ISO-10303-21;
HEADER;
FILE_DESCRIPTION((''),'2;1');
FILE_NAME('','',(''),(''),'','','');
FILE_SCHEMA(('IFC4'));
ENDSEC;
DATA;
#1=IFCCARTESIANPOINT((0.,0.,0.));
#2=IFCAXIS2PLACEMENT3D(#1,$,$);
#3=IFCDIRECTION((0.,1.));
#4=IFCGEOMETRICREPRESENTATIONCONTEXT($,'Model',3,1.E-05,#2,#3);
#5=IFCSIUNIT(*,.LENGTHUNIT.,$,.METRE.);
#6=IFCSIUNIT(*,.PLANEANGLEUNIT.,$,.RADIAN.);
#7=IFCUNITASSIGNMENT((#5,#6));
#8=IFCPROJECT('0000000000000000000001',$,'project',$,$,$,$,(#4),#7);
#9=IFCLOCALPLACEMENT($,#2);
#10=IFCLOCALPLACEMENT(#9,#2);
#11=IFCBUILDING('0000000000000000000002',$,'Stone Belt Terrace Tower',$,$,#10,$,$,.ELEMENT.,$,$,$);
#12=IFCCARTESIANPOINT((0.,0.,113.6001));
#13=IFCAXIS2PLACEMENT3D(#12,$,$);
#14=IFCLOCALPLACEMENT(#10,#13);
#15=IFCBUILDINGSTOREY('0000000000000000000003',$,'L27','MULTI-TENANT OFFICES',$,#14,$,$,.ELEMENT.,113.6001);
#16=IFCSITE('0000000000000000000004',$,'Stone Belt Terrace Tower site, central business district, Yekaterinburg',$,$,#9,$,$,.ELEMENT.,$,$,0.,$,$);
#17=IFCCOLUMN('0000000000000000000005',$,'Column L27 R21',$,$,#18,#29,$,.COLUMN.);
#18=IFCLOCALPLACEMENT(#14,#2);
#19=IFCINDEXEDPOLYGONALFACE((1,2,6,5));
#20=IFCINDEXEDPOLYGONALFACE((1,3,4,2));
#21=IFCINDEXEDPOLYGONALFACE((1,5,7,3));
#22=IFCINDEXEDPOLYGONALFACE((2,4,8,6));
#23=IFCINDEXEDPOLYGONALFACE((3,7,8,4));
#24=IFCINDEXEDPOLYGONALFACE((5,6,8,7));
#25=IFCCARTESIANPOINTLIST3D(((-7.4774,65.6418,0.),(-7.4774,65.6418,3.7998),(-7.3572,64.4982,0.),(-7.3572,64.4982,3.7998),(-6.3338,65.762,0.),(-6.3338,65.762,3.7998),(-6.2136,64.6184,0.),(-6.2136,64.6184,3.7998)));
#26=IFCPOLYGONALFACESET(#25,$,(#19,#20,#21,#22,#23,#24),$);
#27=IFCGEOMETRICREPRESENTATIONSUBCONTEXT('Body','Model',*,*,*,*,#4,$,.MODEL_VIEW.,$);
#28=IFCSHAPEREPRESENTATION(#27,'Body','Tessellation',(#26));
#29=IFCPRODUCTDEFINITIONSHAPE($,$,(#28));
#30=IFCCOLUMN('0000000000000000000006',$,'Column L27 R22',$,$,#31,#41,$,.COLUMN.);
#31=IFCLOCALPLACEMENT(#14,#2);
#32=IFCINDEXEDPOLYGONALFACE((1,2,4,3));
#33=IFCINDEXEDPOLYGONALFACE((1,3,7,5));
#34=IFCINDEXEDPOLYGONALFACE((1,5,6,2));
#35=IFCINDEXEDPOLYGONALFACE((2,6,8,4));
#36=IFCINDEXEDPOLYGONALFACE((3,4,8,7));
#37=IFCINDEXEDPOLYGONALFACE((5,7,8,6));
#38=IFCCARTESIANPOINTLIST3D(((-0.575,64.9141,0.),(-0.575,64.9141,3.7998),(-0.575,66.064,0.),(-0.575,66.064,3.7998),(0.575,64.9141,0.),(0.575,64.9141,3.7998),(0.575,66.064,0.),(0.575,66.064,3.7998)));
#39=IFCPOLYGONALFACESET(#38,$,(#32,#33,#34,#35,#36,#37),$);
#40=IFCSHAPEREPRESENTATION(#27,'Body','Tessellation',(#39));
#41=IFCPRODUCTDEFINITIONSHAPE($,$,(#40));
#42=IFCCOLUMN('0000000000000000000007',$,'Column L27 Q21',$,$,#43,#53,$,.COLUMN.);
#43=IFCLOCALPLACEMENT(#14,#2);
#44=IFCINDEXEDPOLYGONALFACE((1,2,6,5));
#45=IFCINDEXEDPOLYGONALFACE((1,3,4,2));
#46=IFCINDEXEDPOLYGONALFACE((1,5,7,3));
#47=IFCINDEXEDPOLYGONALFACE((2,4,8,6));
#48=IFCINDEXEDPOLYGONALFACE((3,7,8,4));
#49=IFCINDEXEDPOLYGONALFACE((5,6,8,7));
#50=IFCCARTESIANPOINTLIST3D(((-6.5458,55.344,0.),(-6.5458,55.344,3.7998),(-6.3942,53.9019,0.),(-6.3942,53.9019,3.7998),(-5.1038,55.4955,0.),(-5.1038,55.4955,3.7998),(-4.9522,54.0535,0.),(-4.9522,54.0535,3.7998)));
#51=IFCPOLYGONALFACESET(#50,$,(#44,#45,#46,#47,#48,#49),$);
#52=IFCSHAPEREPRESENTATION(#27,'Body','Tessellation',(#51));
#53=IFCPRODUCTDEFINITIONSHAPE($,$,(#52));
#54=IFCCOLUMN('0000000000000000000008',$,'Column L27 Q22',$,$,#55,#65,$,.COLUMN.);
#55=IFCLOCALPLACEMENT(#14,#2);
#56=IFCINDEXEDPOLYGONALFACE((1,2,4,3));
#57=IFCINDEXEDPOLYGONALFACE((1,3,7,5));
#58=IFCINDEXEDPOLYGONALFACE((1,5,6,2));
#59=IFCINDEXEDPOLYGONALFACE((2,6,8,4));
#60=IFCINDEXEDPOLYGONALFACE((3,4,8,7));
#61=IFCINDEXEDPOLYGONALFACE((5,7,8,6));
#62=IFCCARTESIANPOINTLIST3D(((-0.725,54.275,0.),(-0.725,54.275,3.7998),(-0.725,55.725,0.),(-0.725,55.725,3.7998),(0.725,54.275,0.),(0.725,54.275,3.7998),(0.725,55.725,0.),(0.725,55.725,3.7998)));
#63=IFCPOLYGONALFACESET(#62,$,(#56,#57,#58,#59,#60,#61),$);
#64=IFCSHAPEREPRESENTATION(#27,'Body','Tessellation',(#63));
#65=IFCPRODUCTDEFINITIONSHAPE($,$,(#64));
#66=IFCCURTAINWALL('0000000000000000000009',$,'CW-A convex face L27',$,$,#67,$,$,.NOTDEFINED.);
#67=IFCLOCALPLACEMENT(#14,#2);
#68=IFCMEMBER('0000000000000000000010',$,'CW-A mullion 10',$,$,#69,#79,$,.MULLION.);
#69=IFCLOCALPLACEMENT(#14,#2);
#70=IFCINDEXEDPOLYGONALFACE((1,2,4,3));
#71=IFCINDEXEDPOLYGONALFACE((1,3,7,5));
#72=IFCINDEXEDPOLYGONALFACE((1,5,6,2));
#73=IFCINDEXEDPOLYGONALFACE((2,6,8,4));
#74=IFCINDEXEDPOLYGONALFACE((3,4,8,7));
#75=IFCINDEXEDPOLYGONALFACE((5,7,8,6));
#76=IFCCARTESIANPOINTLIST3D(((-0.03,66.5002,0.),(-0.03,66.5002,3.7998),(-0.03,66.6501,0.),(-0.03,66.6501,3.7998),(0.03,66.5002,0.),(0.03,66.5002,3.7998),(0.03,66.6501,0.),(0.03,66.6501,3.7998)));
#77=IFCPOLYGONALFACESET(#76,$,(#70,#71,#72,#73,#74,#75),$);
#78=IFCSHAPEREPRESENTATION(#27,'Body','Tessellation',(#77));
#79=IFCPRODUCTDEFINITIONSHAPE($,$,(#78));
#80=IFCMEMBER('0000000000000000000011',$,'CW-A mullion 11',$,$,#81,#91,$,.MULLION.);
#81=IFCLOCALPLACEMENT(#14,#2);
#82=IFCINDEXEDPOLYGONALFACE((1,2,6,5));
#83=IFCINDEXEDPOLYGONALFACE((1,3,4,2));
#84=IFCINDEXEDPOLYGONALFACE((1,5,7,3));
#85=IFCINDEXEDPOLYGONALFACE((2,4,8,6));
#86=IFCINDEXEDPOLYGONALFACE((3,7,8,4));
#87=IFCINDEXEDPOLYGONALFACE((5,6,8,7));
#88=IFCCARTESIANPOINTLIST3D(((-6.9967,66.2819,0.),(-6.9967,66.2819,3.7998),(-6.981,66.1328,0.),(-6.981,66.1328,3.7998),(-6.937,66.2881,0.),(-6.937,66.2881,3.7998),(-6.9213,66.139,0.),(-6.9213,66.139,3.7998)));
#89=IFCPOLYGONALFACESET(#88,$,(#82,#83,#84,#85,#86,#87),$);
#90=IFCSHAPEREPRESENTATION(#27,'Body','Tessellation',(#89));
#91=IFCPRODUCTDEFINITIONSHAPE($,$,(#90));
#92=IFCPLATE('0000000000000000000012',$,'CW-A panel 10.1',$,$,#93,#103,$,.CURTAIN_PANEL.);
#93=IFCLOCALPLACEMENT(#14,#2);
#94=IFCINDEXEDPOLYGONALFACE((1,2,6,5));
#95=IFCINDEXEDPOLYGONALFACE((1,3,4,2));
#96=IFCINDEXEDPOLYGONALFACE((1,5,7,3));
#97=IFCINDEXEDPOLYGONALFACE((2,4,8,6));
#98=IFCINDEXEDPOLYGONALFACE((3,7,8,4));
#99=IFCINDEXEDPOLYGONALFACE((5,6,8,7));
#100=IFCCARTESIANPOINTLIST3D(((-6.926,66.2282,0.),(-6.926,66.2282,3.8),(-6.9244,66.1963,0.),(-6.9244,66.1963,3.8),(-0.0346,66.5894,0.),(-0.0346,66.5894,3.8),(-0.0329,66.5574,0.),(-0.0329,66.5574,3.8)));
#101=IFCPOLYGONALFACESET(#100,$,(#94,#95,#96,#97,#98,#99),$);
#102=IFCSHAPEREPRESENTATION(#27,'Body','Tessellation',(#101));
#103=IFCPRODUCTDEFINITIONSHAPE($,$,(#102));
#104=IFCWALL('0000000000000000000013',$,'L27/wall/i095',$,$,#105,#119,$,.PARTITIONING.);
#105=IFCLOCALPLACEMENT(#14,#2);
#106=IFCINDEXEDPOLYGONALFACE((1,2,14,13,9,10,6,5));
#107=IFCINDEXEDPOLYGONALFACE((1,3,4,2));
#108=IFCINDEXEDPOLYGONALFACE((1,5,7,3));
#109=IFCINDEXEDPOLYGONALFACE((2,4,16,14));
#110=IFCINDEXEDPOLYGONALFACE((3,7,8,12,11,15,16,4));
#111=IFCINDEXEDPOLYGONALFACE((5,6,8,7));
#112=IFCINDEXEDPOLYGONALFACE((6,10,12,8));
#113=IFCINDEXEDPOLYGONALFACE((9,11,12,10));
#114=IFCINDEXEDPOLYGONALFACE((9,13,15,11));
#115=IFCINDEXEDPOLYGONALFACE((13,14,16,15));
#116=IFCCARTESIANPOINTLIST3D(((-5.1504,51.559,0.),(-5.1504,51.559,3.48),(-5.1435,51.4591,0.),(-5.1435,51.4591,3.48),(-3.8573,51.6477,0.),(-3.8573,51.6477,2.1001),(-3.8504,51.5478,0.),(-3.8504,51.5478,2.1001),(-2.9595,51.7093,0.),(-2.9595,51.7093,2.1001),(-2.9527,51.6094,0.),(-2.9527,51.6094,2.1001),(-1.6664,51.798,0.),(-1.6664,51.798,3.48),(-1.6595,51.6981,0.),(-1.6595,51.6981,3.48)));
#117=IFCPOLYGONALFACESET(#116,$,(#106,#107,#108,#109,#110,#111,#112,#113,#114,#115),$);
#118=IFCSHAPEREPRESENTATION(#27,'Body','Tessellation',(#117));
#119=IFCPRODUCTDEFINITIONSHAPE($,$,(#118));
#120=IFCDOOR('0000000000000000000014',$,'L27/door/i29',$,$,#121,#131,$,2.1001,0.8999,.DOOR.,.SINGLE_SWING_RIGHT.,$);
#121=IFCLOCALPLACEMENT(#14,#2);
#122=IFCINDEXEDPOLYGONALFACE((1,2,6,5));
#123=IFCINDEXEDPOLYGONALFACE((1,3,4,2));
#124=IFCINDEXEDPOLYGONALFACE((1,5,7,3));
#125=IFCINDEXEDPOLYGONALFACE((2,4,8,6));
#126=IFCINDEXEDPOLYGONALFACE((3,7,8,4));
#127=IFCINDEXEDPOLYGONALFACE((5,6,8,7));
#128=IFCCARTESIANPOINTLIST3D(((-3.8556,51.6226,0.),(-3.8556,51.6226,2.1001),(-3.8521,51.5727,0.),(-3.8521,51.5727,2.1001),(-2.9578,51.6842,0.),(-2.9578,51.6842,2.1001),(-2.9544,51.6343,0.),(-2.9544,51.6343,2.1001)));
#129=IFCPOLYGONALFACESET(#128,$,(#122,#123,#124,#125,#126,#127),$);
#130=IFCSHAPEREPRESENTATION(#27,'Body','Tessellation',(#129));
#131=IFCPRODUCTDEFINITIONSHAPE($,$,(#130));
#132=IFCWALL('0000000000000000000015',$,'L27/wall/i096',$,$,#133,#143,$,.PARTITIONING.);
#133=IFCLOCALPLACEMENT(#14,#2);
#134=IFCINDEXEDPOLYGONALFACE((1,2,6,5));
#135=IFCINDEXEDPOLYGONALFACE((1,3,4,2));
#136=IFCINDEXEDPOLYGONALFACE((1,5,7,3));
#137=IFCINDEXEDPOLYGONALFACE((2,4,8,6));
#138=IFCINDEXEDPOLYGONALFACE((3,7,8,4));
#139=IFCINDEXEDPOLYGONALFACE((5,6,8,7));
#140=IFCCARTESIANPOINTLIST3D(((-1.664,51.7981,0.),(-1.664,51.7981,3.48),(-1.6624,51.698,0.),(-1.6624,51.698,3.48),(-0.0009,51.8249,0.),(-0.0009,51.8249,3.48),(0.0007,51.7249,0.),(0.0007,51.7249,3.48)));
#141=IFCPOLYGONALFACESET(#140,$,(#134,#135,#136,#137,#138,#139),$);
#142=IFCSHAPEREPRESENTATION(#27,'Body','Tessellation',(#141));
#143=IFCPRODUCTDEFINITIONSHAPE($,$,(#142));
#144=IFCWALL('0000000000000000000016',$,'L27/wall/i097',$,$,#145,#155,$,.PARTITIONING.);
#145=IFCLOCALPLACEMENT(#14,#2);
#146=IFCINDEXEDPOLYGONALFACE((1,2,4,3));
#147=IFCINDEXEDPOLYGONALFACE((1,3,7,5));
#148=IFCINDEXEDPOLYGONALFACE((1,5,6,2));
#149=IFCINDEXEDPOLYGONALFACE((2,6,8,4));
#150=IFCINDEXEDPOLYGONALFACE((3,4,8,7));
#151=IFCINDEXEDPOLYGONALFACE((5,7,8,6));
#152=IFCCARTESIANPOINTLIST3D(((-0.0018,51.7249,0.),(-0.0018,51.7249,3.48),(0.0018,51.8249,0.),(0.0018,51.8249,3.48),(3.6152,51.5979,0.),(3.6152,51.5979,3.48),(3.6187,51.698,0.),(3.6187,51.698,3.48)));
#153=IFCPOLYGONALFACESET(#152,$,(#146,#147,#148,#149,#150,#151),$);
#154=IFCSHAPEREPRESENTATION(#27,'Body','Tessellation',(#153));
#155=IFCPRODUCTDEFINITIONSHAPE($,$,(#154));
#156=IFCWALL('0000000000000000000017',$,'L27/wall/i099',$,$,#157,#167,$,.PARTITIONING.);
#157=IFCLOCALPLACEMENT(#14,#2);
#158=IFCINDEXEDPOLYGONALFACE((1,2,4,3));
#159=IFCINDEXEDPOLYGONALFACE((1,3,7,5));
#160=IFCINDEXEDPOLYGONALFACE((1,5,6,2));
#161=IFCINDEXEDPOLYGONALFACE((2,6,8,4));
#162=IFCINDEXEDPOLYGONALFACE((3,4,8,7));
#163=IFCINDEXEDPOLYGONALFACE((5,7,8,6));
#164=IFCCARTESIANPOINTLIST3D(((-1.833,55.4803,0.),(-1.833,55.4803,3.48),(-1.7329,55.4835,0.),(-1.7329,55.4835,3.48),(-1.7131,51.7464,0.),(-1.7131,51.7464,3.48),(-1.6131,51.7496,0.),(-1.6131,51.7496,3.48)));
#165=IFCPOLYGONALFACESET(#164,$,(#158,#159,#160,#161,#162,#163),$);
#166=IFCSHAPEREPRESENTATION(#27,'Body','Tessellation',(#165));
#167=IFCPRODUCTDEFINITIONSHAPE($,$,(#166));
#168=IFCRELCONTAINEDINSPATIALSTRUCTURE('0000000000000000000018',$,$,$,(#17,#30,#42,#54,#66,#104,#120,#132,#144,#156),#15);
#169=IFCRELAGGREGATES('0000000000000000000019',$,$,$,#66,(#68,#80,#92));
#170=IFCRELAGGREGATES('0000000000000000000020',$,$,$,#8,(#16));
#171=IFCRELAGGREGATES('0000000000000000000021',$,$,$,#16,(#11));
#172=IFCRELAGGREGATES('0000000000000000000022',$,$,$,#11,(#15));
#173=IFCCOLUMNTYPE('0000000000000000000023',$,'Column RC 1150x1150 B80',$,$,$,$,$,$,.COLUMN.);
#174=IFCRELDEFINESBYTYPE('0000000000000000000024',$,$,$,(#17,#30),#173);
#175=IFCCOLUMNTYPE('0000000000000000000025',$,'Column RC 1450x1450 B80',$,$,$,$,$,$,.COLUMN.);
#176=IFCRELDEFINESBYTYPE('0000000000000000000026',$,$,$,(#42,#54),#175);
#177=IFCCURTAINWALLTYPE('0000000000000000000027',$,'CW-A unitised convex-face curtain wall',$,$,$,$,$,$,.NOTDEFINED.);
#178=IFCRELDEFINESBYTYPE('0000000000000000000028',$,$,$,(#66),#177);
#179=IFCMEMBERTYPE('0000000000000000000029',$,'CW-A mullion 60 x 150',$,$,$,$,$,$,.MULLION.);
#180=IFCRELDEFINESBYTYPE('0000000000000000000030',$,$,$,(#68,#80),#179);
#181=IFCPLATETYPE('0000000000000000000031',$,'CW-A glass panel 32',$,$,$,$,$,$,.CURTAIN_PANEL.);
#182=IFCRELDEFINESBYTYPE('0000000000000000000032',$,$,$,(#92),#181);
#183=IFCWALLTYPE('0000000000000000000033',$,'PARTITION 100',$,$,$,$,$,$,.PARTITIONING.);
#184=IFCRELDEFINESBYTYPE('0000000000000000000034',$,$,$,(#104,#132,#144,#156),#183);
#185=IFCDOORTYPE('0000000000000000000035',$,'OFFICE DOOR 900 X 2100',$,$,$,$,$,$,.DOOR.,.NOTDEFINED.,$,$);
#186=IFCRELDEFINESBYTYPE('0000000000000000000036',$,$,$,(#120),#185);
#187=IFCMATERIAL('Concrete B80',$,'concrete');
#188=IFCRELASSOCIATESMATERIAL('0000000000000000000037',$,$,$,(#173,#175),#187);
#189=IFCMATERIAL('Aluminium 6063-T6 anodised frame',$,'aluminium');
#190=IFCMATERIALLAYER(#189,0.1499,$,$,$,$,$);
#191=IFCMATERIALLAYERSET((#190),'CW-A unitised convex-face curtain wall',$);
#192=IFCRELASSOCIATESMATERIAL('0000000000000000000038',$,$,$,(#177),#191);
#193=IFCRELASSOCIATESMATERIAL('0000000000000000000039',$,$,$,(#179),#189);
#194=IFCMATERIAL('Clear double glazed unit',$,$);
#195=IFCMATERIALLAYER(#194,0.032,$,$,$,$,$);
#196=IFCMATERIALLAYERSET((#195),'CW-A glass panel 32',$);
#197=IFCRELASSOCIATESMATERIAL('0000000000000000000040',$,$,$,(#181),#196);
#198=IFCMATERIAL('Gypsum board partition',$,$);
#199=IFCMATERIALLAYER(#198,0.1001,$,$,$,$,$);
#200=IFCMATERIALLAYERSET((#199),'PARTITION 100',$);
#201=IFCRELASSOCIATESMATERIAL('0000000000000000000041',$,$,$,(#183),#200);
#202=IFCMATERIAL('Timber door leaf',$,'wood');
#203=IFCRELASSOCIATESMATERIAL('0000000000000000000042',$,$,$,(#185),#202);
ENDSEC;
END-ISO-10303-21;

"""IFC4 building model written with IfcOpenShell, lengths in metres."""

from ifc_helpers import new_model, si_unit, direction, frame, frame_2d, origin, origin_2d, place, context, subcontext, project, spatial, rectangle, extrude, material, layer, layer_set, material_profile, profile_set, type_object, element, fill, aggregate, save


model = new_model("IFC4")

# Units and contexts
model_context = context("Model", 3, precision=1e-05, world=origin(), true_north=direction((0.0, 1.0)))
body_context = subcontext(model_context, "Body", "Model", "MODEL_VIEW")
ifc_project = project(units=[si_unit("LENGTHUNIT", "METRE"), si_unit("PLANEANGLEUNIT", "RADIAN")], contexts=[model_context])

# Site, building, storey
site_placement = place(None, origin())
site = spatial("IfcSite", under=ifc_project, at=site_placement, Name="Stone Belt Terrace Tower site, central business district, Yekaterinburg", CompositionType="ELEMENT", RefElevation=0.0)
building_placement = place(site_placement, origin())
building = spatial("IfcBuilding", under=site, at=building_placement, Name="Stone Belt Terrace Tower", CompositionType="ELEMENT")
storey_placement = place(building_placement, frame((0.0, 0.0, 113.6001)))
storey = spatial("IfcBuildingStorey", under=building, at=storey_placement, Name="L27", Description="MULTI-TENANT OFFICES", CompositionType="ELEMENT", Elevation=113.6001)

# Columns
ifc_material_1 = material(Name="Concrete B80", Category="concrete")
ifc_material_profile_1 = material_profile(ifc_material_1, rectangle(XDim=1.1499, YDim=1.1499, at=origin_2d()), Name="RC 1150x1150")
ifc_profile_set_1 = profile_set([ifc_material_profile_1], Name="Concrete B80")
column_type_1 = type_object("IfcColumnType", Name="Column RC 1150x1150 B80", PredefinedType="COLUMN", material=ifc_profile_set_1)
for number, where, z_axis, x_axis, name in (
    (1, (-6.8455, 65.1301, 0.0), (0.0, 0.0, 1.0), (0.994522, 0.104528, 0.0), "Column L27 R21"),
    (2, (0.0, 65.489, 0.0), (0.0, 0.0, 1.0), (1.0, 0.0, 0.0), "Column L27 R22"),
):
    element("IfcColumn", number, at=place(storey_placement, frame(where, z_axis=z_axis, x_axis=x_axis)), inside=storey, type_object=column_type_1, Name=name, PredefinedType="COLUMN", context=body_context, shape_type="SweptSolid", body=[
        extrude(rectangle(XDim=1.1499, YDim=1.1499, at=origin_2d()), origin(), (0.0, 0.0, 1.0), 3.7998),
    ])
ifc_material_profile_2 = material_profile(ifc_material_1, rectangle(XDim=1.45, YDim=1.45, at=origin_2d()), Name="RC 1450x1450")
ifc_profile_set_2 = profile_set([ifc_material_profile_2], Name="Concrete B80")
column_type_2 = type_object("IfcColumnType", Name="Column RC 1450x1450 B80", PredefinedType="COLUMN", material=ifc_profile_set_2)
for number, where, z_axis, x_axis, name in (
    (3, (-5.749, 54.6987, 0.0), (0.0, 0.0, 1.0), (0.994522, 0.104528, 0.0), "Column L27 Q21"),
    (4, (0.0, 55.0, 0.0), (0.0, 0.0, 1.0), (1.0, 0.0, 0.0), "Column L27 Q22"),
):
    element("IfcColumn", number, at=place(storey_placement, frame(where, z_axis=z_axis, x_axis=x_axis)), inside=storey, type_object=column_type_2, Name=name, PredefinedType="COLUMN", context=body_context, shape_type="SweptSolid", body=[
        extrude(rectangle(XDim=1.45, YDim=1.45, at=origin_2d()), origin(), (0.0, 0.0, 1.0), 3.7998),
    ])

# Curtain wall, members, plate
ifc_material_2 = material(Name="Aluminium 6063-T6 anodised frame", Category="aluminium")
ifc_layer_1 = layer(ifc_material_2, 0.1499)
ifc_layer_set_1 = layer_set([ifc_layer_1], Name="CW-A unitised convex-face curtain wall")
curtain_wall_type = type_object("IfcCurtainWallType", Name="CW-A unitised convex-face curtain wall", PredefinedType="NOTDEFINED", material=ifc_layer_set_1)
curtain_wall_placement = place(storey_placement, origin())
curtain_wall = element("IfcCurtainWall", 5, at=curtain_wall_placement, inside=storey, type_object=curtain_wall_type, Name="CW-A convex face L27", PredefinedType="NOTDEFINED")
ifc_material_profile_3 = material_profile(ifc_material_2, rectangle(XDim=0.1499, YDim=0.0601, at=origin_2d()), Name="Aluminium 6063-T6 60x150")
ifc_profile_set_3 = profile_set([ifc_material_profile_3], Name="Aluminium 6063-T6 anodised frame")
member_type = type_object("IfcMemberType", Name="CW-A mullion 60 x 150", PredefinedType="MULLION", material=ifc_profile_set_3)
member_1_placement = place(storey_placement, frame((0.0, 66.5752, 0.0), z_axis=(0.0, 0.0, 1.0), x_axis=(0.0, -1.0, 0.0)))
member_1 = element("IfcMember", 6, at=member_1_placement, type_object=member_type, Name="CW-A mullion 10", PredefinedType="MULLION", context=body_context, shape_type="SweptSolid", body=[
    extrude(rectangle(XDim=0.1499, YDim=0.0601, at=origin_2d()), origin(), (0.0, 0.0, 1.0), 3.7998),
])
member_2_placement = place(storey_placement, frame((-6.959, 66.2104, 0.0), z_axis=(0.0, 0.0, 1.0), x_axis=(0.104528, -0.994522, 0.0)))
member_2 = element("IfcMember", 7, at=member_2_placement, type_object=member_type, Name="CW-A mullion 11", PredefinedType="MULLION", context=body_context, shape_type="SweptSolid", body=[
    extrude(rectangle(XDim=0.1499, YDim=0.0601, at=origin_2d()), origin(), (0.0, 0.0, 1.0), 3.7998),
])
ifc_material_3 = material(Name="Clear double glazed unit")
ifc_layer_2 = layer(ifc_material_3, 0.032)
ifc_layer_set_2 = layer_set([ifc_layer_2], Name="CW-A glass panel 32")
plate_type = type_object("IfcPlateType", Name="CW-A glass panel 32", PredefinedType="CURTAIN_PANEL", material=ifc_layer_set_2)
plate_placement = place(storey_placement, frame((-3.4795, 66.3928, 0.0), z_axis=(0.0, 0.0, 1.0), x_axis=(-0.99863, -0.052336, 0.0)))
plate = element("IfcPlate", 8, at=plate_placement, type_object=plate_type, Name="CW-A panel 10.1", PredefinedType="CURTAIN_PANEL", context=body_context, shape_type="SweptSolid", body=[
    extrude(rectangle(XDim=6.9009, YDim=0.032, at=origin_2d()), origin(), (0.0, 0.0, 1.0), 3.8),
])
aggregate(curtain_wall, [member_1, member_2, plate])

# Wall, opening, door
ifc_material_4 = material(Name="Gypsum board partition")
ifc_layer_3 = layer(ifc_material_4, 0.1001)
ifc_layer_set_3 = layer_set([ifc_layer_3], Name="PARTITION 100")
wall_type_1 = type_object("IfcWallType", Name="PARTITION 100", PredefinedType="PARTITIONING", material=ifc_layer_set_3)
wall_1_placement = place(storey_placement, frame((-5.147, 51.509, 0.0), z_axis=(0.0, 0.0, 1.0), x_axis=(0.997655, 0.068445, 0.0)))
wall_1 = element("IfcWall", 9, at=wall_1_placement, inside=storey, type_object=wall_type_1, Name="L27/wall/i095", PredefinedType="PARTITIONING", context=body_context, shape_type="SweptSolid", body=[
    extrude(rectangle(XDim=3.4922, YDim=0.1001, at=frame_2d((1.7461, 0.0))), origin(), (0.0, 0.0, 1.0), 3.48),
])
opening_1_placement = place(wall_1_placement, frame((1.2961, 0.0, 0.0)))
opening_1 = element("IfcOpeningElement", 10, at=opening_1_placement, cuts=wall_1, PredefinedType="OPENING", context=body_context, shape_type="SweptSolid", body=[
    extrude(rectangle(XDim=0.8999, YDim=2.1001, at=frame_2d((0.45, 1.05))), frame((0.0, 0.0601, 0.0), z_axis=(0.0, -1.0, 0.0), x_axis=(1.0, 0.0, 0.0)), (0.0, 0.0, 1.0), 0.1201),
])
ifc_material_5 = material(Name="Timber door leaf", Category="wood")
door_type = type_object("IfcDoorType", Name="OFFICE DOOR 900 X 2100", OperationType="NOTDEFINED", PredefinedType="DOOR", material=ifc_material_5)
door_1_placement = place(opening_1_placement, origin())
door_1 = element("IfcDoor", 11, at=door_1_placement, inside=storey, type_object=door_type, Name="L27/door/i29", OperationType="SINGLE_SWING_RIGHT", OverallHeight=2.1001, OverallWidth=0.8999, PredefinedType="DOOR", context=body_context, shape_type="SweptSolid", body=[
    extrude(rectangle(XDim=0.8999, YDim=2.1001, at=frame_2d((0.45, 1.05))), frame((0.0, 0.0249, 0.0), z_axis=(0.0, -1.0, 0.0), x_axis=(1.0, 0.0, 0.0)), (0.0, 0.0, 1.0), 0.05),
])
fill(opening_1, door_1)

# Walls
wall_2_placement = place(storey_placement, frame((-1.6631, 51.748, 0.0), z_axis=(0.0, 0.0, 1.0), x_axis=(0.99987, 0.016146, 0.0)))
element("IfcWall", 12, at=wall_2_placement, inside=storey, type_object=wall_type_1, Name="L27/wall/i096", PredefinedType="PARTITIONING", context=body_context, shape_type="SweptSolid", body=[
    extrude(rectangle(XDim=1.6633, YDim=0.1001, at=frame_2d((0.8315, 0.0))), origin(), (0.0, 0.0, 1.0), 3.48),
])
wall_3_placement = place(storey_placement, frame((0.0, 51.7749, 0.0), z_axis=(0.0, 0.0, 1.0), x_axis=(0.999385, -0.035078, 0.0)))
element("IfcWall", 13, at=wall_3_placement, inside=storey, type_object=wall_type_1, Name="L27/wall/i097", PredefinedType="PARTITIONING", context=body_context, shape_type="SweptSolid", body=[
    extrude(rectangle(XDim=3.6191, YDim=0.1001, at=frame_2d((1.8096, 0.0))), origin(), (0.0, 0.0, 1.0), 3.48),
])
wall_4_placement = place(storey_placement, frame((-1.783, 55.4819, 0.0), z_axis=(0.0, 0.0, 1.0), x_axis=(0.032088, -0.999485, 0.0)))
element("IfcWall", 14, at=wall_4_placement, inside=storey, type_object=wall_type_1, Name="L27/wall/i099", PredefinedType="PARTITIONING", context=body_context, shape_type="SweptSolid", body=[
    extrude(rectangle(XDim=3.7358, YDim=0.1001, at=frame_2d((1.8679, 0.0))), origin(), (0.0, 0.0, 1.0), 3.48),
])

save(model, "model.ifc")
